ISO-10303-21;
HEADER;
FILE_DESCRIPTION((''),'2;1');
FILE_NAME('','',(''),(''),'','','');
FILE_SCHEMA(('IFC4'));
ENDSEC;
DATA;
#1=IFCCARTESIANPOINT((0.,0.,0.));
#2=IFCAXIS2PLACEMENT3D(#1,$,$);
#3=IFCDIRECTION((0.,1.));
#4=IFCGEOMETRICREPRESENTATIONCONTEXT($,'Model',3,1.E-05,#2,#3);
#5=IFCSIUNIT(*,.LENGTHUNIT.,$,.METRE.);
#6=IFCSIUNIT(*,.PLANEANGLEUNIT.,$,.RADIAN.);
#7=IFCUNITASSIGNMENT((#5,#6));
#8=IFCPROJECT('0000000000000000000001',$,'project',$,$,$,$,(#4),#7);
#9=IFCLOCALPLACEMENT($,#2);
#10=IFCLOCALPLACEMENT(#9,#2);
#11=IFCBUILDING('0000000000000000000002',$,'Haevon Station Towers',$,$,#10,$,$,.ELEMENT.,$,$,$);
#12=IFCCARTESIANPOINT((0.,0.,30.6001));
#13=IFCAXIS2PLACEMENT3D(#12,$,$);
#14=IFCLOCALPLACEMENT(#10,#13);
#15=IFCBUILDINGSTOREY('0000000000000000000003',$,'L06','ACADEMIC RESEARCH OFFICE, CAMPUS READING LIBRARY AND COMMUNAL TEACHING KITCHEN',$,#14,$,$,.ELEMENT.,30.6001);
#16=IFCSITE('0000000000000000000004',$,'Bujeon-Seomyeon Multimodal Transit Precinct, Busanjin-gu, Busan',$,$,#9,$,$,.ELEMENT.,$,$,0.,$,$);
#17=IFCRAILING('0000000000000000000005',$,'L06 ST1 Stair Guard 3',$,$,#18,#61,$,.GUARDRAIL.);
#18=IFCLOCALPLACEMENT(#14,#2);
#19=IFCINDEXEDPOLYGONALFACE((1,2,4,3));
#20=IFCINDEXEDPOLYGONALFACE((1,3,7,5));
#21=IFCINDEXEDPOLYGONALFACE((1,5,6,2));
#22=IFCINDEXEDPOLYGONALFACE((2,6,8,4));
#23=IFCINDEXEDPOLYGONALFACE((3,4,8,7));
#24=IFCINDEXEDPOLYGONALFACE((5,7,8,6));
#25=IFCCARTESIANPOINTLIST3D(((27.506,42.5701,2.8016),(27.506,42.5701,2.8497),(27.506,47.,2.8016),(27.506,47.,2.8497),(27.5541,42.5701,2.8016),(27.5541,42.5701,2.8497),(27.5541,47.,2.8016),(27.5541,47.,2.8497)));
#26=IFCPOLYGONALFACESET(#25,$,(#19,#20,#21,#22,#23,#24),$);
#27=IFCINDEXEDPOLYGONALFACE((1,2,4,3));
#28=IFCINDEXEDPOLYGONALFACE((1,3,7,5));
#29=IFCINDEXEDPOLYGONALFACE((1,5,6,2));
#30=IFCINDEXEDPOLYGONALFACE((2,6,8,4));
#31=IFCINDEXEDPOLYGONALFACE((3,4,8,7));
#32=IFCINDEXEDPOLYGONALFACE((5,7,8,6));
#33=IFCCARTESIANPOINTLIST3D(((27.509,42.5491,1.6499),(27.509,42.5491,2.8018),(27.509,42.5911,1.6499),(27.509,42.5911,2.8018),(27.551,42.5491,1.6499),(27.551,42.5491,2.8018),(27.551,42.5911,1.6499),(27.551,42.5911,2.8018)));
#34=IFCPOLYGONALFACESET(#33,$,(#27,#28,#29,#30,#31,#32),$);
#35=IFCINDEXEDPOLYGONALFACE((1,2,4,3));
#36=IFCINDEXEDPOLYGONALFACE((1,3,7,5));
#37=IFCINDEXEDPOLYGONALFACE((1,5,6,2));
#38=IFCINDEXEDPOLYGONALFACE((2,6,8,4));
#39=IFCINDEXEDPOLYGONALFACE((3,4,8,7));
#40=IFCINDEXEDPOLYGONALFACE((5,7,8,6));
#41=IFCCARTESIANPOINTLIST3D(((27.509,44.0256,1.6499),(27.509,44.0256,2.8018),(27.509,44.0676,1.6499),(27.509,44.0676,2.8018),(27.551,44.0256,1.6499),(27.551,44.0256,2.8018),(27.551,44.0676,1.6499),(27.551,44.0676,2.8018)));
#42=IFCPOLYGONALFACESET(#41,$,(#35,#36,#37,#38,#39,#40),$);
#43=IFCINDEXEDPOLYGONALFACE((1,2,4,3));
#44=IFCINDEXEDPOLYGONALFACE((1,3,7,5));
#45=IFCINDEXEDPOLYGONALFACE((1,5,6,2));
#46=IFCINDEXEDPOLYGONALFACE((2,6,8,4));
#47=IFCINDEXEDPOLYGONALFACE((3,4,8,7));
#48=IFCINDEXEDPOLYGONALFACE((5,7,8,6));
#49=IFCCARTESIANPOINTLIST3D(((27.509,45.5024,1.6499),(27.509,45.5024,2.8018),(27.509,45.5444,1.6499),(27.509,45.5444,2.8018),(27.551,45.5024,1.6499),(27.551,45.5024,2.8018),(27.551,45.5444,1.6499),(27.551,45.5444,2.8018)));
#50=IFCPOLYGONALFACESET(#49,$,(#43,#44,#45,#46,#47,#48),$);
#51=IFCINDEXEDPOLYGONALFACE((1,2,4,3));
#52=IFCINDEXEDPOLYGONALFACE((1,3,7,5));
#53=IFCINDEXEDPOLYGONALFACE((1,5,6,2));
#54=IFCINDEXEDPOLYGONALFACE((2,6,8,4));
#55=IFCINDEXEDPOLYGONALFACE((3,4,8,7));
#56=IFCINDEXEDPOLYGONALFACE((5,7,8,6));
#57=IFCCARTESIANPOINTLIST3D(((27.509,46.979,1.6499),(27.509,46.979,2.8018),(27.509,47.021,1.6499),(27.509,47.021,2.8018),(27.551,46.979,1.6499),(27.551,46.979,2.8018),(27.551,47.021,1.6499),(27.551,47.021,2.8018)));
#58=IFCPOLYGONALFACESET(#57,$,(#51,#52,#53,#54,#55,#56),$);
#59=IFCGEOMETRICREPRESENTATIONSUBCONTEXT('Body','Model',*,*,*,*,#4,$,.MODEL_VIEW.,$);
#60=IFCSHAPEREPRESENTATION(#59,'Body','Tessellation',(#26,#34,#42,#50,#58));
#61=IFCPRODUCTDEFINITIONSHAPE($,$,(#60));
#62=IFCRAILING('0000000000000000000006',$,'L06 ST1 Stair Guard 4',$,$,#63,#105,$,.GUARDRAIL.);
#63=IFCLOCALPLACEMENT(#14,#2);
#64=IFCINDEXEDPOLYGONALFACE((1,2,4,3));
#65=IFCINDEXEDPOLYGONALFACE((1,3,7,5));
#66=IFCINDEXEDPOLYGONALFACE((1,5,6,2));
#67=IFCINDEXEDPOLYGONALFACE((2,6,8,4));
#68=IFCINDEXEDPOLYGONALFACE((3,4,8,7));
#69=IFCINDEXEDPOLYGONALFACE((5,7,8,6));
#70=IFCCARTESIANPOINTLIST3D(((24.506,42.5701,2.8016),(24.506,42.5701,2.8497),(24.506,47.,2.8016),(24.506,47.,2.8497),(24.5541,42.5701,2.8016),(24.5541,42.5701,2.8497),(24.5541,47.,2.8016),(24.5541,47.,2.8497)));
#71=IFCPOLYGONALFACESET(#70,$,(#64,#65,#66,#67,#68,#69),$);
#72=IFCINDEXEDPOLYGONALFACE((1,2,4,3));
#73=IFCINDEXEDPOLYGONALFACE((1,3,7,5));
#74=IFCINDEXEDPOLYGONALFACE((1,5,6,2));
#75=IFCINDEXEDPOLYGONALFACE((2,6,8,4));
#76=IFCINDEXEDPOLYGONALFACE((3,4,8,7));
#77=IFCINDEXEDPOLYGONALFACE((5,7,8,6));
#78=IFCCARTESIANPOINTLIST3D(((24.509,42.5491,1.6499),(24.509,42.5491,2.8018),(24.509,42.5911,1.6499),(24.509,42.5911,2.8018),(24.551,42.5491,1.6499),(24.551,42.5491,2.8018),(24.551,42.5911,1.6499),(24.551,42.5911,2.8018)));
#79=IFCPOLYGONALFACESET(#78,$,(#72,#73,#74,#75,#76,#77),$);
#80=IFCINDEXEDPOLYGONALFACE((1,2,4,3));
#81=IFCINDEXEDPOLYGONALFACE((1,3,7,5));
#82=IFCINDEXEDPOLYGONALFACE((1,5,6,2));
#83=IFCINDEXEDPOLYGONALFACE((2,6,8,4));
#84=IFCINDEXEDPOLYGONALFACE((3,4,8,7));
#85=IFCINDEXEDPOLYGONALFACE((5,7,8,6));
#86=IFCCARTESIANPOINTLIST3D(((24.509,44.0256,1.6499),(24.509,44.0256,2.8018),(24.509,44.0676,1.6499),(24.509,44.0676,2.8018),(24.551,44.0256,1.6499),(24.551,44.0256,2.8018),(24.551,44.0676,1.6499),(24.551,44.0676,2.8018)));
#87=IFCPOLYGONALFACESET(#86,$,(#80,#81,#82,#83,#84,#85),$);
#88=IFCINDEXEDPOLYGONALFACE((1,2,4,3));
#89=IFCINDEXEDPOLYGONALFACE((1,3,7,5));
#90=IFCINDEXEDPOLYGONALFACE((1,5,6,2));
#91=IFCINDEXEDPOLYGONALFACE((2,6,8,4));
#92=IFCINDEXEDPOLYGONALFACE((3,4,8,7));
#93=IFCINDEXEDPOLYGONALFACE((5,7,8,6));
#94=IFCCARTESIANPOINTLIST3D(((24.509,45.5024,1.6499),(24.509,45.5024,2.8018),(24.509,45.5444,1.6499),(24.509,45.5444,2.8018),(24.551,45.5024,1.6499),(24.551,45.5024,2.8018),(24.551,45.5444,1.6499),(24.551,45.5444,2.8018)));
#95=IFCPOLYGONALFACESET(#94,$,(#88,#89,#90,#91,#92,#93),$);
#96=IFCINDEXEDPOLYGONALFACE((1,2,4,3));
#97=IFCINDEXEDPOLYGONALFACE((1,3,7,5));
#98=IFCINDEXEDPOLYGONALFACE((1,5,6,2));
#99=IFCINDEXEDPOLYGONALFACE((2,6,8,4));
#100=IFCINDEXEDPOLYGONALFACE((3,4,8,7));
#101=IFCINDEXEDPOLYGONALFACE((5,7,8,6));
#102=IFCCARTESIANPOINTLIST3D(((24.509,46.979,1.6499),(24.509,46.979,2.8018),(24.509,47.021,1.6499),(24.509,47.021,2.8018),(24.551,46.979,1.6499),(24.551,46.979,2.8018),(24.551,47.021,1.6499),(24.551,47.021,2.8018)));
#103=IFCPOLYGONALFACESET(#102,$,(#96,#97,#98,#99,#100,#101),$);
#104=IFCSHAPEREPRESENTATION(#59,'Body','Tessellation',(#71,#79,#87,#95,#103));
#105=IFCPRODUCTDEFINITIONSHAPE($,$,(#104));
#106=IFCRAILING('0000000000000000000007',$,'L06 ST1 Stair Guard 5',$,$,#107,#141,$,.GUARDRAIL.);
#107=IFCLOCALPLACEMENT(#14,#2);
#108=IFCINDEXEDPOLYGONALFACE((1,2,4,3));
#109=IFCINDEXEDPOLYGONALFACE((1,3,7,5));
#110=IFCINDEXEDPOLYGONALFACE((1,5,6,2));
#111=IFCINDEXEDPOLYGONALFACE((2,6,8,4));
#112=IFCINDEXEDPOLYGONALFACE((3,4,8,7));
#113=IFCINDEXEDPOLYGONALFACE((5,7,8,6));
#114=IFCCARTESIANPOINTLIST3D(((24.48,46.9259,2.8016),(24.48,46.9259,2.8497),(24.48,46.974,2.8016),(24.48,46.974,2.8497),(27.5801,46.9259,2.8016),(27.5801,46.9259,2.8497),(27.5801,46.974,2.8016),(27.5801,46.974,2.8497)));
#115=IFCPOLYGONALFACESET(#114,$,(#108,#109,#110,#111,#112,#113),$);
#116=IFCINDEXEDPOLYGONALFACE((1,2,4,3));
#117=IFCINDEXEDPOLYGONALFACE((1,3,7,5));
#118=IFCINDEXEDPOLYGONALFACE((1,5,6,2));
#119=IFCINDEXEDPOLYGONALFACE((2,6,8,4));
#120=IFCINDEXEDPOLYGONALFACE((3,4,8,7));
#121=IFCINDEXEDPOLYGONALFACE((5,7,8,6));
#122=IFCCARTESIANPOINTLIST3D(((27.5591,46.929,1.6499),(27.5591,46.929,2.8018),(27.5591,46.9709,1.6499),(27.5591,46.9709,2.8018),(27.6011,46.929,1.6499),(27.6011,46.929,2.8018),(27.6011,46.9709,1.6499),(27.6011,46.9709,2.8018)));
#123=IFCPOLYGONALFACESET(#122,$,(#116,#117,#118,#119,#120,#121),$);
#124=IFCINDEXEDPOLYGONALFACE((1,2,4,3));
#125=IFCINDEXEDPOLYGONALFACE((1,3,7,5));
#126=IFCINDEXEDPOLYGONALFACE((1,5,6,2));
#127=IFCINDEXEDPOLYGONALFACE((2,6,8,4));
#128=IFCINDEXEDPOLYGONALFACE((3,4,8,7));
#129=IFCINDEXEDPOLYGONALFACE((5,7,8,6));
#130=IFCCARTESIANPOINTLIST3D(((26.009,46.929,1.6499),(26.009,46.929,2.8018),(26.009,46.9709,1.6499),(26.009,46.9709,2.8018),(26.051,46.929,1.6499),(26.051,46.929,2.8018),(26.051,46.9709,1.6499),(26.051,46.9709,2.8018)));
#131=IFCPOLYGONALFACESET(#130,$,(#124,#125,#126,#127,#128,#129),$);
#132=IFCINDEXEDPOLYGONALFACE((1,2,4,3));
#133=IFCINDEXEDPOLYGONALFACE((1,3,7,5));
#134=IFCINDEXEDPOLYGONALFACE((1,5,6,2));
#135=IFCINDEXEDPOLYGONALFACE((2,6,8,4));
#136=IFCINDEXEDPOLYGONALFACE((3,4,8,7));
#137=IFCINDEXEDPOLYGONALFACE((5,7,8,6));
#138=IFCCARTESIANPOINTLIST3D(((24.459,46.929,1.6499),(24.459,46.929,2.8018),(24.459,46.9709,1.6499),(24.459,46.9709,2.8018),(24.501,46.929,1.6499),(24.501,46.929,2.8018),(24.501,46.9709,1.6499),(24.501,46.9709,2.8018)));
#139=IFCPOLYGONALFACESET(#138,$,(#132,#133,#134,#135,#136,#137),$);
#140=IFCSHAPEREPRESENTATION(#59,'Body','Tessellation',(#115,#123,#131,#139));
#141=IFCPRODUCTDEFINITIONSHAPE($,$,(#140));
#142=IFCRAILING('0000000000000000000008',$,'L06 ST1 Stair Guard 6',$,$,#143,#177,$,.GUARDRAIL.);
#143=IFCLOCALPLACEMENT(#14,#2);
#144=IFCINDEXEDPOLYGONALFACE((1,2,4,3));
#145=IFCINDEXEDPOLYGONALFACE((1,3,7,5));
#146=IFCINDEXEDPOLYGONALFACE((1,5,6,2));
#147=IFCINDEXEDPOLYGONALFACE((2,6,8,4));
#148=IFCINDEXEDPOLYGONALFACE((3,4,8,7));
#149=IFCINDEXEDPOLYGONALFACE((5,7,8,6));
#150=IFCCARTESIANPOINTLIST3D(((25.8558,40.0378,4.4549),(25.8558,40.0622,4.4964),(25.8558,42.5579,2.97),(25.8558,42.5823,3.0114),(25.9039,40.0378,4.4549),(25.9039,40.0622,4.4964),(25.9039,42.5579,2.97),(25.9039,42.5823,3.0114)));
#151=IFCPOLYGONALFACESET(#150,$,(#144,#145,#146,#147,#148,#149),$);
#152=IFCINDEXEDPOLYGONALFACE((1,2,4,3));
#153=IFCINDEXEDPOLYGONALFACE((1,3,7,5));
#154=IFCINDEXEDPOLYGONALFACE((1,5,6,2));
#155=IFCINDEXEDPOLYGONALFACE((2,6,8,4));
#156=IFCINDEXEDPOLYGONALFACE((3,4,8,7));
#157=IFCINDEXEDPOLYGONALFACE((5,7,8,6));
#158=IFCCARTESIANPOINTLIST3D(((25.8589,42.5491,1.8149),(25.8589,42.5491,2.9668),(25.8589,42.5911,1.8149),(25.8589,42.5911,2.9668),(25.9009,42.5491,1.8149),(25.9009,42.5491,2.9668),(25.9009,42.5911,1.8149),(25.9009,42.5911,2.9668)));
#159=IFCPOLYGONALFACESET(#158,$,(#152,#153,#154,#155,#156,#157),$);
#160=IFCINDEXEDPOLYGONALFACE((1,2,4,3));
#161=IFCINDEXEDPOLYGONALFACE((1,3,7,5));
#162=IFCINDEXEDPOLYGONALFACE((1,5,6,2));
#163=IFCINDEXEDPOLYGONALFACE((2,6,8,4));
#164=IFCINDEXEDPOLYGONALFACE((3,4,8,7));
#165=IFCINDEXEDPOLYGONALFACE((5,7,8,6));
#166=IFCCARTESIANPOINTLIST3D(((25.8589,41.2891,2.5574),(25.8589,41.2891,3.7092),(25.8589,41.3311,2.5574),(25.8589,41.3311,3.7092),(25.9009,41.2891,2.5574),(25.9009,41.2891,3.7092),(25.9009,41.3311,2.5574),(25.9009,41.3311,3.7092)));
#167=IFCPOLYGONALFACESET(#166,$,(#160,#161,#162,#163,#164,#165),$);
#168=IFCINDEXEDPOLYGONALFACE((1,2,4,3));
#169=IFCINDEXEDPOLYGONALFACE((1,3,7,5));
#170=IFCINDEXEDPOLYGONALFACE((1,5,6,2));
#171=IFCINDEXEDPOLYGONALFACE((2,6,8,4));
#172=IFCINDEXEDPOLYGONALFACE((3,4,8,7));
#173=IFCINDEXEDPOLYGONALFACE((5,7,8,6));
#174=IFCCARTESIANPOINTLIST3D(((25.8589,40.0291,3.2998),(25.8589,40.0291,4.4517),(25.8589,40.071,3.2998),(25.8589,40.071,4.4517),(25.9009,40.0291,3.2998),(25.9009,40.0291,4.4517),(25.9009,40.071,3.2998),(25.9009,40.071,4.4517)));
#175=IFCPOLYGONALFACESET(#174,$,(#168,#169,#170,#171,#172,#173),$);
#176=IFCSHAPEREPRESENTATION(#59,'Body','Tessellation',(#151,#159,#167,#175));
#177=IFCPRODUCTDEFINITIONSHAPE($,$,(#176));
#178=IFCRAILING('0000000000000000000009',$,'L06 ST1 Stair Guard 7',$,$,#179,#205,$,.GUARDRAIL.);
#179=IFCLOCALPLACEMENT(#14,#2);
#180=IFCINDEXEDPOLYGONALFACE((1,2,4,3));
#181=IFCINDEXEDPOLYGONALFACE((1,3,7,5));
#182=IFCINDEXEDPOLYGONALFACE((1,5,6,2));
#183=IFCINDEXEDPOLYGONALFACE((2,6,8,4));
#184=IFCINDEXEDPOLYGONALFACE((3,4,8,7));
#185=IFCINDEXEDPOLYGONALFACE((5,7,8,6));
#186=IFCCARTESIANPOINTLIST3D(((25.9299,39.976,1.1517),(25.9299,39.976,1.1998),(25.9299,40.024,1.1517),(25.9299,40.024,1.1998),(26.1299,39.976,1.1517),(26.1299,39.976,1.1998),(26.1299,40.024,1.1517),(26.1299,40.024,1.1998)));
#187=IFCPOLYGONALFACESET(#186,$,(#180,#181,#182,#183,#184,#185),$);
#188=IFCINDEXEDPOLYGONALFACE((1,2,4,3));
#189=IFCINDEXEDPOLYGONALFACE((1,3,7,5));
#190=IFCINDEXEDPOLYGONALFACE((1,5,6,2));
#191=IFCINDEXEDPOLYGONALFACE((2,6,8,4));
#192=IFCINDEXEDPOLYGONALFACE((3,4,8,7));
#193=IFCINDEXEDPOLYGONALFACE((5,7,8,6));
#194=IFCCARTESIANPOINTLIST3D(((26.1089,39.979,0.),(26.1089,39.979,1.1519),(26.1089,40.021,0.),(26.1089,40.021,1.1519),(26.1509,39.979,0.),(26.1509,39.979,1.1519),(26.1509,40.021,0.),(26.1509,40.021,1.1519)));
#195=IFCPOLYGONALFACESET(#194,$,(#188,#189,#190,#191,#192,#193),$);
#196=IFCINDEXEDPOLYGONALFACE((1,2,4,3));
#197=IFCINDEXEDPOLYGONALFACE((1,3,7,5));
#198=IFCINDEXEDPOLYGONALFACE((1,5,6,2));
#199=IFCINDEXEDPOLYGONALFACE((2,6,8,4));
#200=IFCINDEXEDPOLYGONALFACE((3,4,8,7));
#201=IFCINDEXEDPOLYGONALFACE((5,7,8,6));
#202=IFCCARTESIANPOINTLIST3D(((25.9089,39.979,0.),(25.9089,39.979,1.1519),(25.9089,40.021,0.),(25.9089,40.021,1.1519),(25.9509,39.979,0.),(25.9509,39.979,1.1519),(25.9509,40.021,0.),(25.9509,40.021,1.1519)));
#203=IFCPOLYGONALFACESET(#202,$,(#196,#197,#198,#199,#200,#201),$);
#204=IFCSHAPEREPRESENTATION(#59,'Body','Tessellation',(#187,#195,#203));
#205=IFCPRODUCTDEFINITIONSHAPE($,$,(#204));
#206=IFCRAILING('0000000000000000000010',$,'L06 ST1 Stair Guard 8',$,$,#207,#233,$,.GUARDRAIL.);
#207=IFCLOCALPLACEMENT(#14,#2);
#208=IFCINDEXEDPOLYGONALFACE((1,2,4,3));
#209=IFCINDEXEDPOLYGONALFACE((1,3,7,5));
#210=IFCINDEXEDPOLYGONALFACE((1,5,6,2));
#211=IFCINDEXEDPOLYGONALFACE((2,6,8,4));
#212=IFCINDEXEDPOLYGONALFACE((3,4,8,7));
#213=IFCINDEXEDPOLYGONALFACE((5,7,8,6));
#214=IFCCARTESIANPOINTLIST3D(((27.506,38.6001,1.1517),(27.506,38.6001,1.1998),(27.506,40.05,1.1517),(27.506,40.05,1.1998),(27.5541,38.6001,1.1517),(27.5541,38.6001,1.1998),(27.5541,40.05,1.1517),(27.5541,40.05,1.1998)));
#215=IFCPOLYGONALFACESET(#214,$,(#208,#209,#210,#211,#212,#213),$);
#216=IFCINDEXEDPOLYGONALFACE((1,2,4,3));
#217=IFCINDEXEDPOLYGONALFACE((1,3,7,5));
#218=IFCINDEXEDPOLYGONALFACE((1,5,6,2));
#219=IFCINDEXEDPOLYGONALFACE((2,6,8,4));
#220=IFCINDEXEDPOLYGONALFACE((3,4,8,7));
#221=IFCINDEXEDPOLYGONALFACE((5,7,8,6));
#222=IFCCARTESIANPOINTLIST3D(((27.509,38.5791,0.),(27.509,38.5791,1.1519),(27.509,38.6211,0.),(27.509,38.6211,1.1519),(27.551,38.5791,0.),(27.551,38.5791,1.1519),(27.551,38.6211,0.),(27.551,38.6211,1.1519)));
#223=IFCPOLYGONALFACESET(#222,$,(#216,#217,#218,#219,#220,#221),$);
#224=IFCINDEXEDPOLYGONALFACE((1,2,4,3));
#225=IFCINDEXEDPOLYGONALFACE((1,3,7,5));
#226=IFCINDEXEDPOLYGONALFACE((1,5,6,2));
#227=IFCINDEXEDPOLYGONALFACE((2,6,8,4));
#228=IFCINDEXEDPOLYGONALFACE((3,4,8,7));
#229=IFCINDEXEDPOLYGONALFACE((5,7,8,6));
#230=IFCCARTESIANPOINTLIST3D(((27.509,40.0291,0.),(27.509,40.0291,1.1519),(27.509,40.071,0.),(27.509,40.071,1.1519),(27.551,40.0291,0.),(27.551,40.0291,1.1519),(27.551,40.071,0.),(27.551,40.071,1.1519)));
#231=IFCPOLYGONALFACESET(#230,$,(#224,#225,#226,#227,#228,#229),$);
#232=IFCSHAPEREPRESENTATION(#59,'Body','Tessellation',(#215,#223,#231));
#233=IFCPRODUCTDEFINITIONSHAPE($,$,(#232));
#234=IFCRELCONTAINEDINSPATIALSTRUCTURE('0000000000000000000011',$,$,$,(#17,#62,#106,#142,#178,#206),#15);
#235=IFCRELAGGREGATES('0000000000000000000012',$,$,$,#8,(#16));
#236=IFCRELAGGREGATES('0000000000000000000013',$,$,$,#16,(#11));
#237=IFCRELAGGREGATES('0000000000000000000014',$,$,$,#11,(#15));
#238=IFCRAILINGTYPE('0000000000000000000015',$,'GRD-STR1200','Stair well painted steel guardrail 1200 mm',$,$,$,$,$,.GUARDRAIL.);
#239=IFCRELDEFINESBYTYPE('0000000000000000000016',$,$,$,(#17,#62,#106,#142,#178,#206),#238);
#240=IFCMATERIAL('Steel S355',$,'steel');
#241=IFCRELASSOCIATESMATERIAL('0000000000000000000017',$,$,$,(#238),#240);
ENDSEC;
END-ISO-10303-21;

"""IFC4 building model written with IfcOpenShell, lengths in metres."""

from ifc_helpers import new_model, si_unit, direction, frame, origin, origin_2d, place, context, subcontext, project, spatial, rectangle, extrude, material, type_object, element, save


model = new_model("IFC4")

# Units and contexts
model_context = context("Model", 3, precision=1e-05, world=origin(), true_north=direction((0.0, 1.0)))
body_context = subcontext(model_context, "Body", "Model", "MODEL_VIEW")
ifc_project = project(units=[si_unit("LENGTHUNIT", "METRE"), si_unit("PLANEANGLEUNIT", "RADIAN")], contexts=[model_context])

# Site, building, storey
site_placement = place(None, origin())
site = spatial("IfcSite", under=ifc_project, at=site_placement, Name="Bujeon-Seomyeon Multimodal Transit Precinct, Busanjin-gu, Busan", CompositionType="ELEMENT", RefElevation=0.0)
building_placement = place(site_placement, origin())
building = spatial("IfcBuilding", under=site, at=building_placement, Name="Haevon Station Towers", CompositionType="ELEMENT")
storey_placement = place(building_placement, frame((0.0, 0.0, 30.6001)))
storey = spatial("IfcBuildingStorey", under=building, at=storey_placement, Name="L06", Description="ACADEMIC RESEARCH OFFICE, CAMPUS READING LIBRARY AND COMMUNAL TEACHING KITCHEN", CompositionType="ELEMENT", Elevation=30.6001)

# Shared definitions
ifc_material_1 = material(Name="Steel S355", Category="steel")

# Railings
railing_type_1 = type_object("IfcRailingType", Name="GRD-STR1200", Description="Stair well painted steel guardrail 1200 mm", PredefinedType="GUARDRAIL", material=ifc_material_1)
for number, where, name in (
    (1, (27.53, 42.5701, 1.6499), "L06 ST1 Stair Guard 3"),
    (2, (24.53, 42.5701, 1.6499), "L06 ST1 Stair Guard 4"),
):
    element("IfcRailing", number, at=place(storey_placement, frame(where)), inside=storey, type_object=railing_type_1, Name=name, PredefinedType="GUARDRAIL", context=body_context, shape_type="SweptSolid", body=[
        extrude(rectangle(XDim=0.0481, YDim=0.0481, at=origin_2d()), frame((0.0, 0.0, 1.1758), z_axis=(0.0, 1.0, 0.0), x_axis=(-1.0, 0.0, 0.0)), (0.0, 0.0, 1.0), 4.4299),
        extrude(rectangle(XDim=0.042, YDim=0.042, at=origin_2d()), origin(), (0.0, 0.0, 1.0), 1.1519),
        extrude(rectangle(XDim=0.042, YDim=0.042, at=origin_2d()), frame((0.0, 1.4766, 0.0)), (0.0, 0.0, 1.0), 1.1519),
        extrude(rectangle(XDim=0.042, YDim=0.042, at=origin_2d()), frame((0.0, 2.9534, 0.0)), (0.0, 0.0, 1.0), 1.1519),
        extrude(rectangle(XDim=0.042, YDim=0.042, at=origin_2d()), frame((0.0, 4.4299, 0.0)), (0.0, 0.0, 1.0), 1.1519),
    ])
railing_1_placement = place(storey_placement, frame((27.5801, 46.95, 1.6499)))
element("IfcRailing", 3, at=railing_1_placement, inside=storey, type_object=railing_type_1, Name="L06 ST1 Stair Guard 5", PredefinedType="GUARDRAIL", context=body_context, shape_type="SweptSolid", body=[
    extrude(rectangle(XDim=0.0481, YDim=0.0481, at=origin_2d()), frame((0.0, 0.0, 1.1758), z_axis=(-1.0, 0.0, 0.0), x_axis=(0.0, -1.0, 0.0)), (0.0, 0.0, 1.0), 3.1001),
    extrude(rectangle(XDim=0.042, YDim=0.042, at=origin_2d()), origin(), (0.0, 0.0, 1.0), 1.1519),
    extrude(rectangle(XDim=0.042, YDim=0.042, at=origin_2d()), frame((-1.55, 0.0, 0.0)), (0.0, 0.0, 1.0), 1.1519),
    extrude(rectangle(XDim=0.042, YDim=0.042, at=origin_2d()), frame((-3.1001, 0.0, 0.0)), (0.0, 0.0, 1.0), 1.1519),
])
railing_2_placement = place(storey_placement, frame((25.8799, 42.5701, 1.8149)))
element("IfcRailing", 4, at=railing_2_placement, inside=storey, type_object=railing_type_1, Name="L06 ST1 Stair Guard 6", PredefinedType="GUARDRAIL", context=body_context, shape_type="SweptSolid", body=[
    extrude(rectangle(XDim=0.0481, YDim=0.0481, at=origin_2d()), frame((0.0, 0.0, 1.1758), z_axis=(0.0, -0.861561, 0.507655), x_axis=(1.0, 0.0, 0.0)), (0.0, 0.0, 1.0), 2.925),
    extrude(rectangle(XDim=0.042, YDim=0.042, at=origin_2d()), origin(), (0.0, 0.0, 1.0), 1.1519),
    extrude(rectangle(XDim=0.042, YDim=0.042, at=origin_2d()), frame((0.0, -1.26, 0.7424)), (0.0, 0.0, 1.0), 1.1519),
    extrude(rectangle(XDim=0.042, YDim=0.042, at=origin_2d()), frame((0.0, -2.52, 1.4849)), (0.0, 0.0, 1.0), 1.1519),
])
railing_3_placement = place(storey_placement, frame((26.1299, 40.0, 0.0)))
element("IfcRailing", 5, at=railing_3_placement, inside=storey, type_object=railing_type_1, Name="L06 ST1 Stair Guard 7", PredefinedType="GUARDRAIL", context=body_context, shape_type="SweptSolid", body=[
    extrude(rectangle(XDim=0.0481, YDim=0.0481, at=origin_2d()), frame((0.0, 0.0, 1.1758), z_axis=(-1.0, 0.0, 0.0), x_axis=(0.0, -1.0, 0.0)), (0.0, 0.0, 1.0), 0.2),
    extrude(rectangle(XDim=0.042, YDim=0.042, at=origin_2d()), origin(), (0.0, 0.0, 1.0), 1.1519),
    extrude(rectangle(XDim=0.042, YDim=0.042, at=origin_2d()), frame((-0.2, 0.0, 0.0)), (0.0, 0.0, 1.0), 1.1519),
])
for number, where, name in (
    (6, (27.53, 38.6001, 0.0), "L06 ST1 Stair Guard 8"),
):
    element("IfcRailing", number, at=place(storey_placement, frame(where)), inside=storey, type_object=railing_type_1, Name=name, PredefinedType="GUARDRAIL", context=body_context, shape_type="SweptSolid", body=[
        extrude(rectangle(XDim=0.0481, YDim=0.0481, at=origin_2d()), frame((0.0, 0.0, 1.1758), z_axis=(0.0, 1.0, 0.0), x_axis=(-1.0, 0.0, 0.0)), (0.0, 0.0, 1.0), 1.45),
        extrude(rectangle(XDim=0.042, YDim=0.042, at=origin_2d()), origin(), (0.0, 0.0, 1.0), 1.1519),
        extrude(rectangle(XDim=0.042, YDim=0.042, at=origin_2d()), frame((0.0, 1.45, 0.0)), (0.0, 0.0, 1.0), 1.1519),
    ])

save(model, "model.ifc")
